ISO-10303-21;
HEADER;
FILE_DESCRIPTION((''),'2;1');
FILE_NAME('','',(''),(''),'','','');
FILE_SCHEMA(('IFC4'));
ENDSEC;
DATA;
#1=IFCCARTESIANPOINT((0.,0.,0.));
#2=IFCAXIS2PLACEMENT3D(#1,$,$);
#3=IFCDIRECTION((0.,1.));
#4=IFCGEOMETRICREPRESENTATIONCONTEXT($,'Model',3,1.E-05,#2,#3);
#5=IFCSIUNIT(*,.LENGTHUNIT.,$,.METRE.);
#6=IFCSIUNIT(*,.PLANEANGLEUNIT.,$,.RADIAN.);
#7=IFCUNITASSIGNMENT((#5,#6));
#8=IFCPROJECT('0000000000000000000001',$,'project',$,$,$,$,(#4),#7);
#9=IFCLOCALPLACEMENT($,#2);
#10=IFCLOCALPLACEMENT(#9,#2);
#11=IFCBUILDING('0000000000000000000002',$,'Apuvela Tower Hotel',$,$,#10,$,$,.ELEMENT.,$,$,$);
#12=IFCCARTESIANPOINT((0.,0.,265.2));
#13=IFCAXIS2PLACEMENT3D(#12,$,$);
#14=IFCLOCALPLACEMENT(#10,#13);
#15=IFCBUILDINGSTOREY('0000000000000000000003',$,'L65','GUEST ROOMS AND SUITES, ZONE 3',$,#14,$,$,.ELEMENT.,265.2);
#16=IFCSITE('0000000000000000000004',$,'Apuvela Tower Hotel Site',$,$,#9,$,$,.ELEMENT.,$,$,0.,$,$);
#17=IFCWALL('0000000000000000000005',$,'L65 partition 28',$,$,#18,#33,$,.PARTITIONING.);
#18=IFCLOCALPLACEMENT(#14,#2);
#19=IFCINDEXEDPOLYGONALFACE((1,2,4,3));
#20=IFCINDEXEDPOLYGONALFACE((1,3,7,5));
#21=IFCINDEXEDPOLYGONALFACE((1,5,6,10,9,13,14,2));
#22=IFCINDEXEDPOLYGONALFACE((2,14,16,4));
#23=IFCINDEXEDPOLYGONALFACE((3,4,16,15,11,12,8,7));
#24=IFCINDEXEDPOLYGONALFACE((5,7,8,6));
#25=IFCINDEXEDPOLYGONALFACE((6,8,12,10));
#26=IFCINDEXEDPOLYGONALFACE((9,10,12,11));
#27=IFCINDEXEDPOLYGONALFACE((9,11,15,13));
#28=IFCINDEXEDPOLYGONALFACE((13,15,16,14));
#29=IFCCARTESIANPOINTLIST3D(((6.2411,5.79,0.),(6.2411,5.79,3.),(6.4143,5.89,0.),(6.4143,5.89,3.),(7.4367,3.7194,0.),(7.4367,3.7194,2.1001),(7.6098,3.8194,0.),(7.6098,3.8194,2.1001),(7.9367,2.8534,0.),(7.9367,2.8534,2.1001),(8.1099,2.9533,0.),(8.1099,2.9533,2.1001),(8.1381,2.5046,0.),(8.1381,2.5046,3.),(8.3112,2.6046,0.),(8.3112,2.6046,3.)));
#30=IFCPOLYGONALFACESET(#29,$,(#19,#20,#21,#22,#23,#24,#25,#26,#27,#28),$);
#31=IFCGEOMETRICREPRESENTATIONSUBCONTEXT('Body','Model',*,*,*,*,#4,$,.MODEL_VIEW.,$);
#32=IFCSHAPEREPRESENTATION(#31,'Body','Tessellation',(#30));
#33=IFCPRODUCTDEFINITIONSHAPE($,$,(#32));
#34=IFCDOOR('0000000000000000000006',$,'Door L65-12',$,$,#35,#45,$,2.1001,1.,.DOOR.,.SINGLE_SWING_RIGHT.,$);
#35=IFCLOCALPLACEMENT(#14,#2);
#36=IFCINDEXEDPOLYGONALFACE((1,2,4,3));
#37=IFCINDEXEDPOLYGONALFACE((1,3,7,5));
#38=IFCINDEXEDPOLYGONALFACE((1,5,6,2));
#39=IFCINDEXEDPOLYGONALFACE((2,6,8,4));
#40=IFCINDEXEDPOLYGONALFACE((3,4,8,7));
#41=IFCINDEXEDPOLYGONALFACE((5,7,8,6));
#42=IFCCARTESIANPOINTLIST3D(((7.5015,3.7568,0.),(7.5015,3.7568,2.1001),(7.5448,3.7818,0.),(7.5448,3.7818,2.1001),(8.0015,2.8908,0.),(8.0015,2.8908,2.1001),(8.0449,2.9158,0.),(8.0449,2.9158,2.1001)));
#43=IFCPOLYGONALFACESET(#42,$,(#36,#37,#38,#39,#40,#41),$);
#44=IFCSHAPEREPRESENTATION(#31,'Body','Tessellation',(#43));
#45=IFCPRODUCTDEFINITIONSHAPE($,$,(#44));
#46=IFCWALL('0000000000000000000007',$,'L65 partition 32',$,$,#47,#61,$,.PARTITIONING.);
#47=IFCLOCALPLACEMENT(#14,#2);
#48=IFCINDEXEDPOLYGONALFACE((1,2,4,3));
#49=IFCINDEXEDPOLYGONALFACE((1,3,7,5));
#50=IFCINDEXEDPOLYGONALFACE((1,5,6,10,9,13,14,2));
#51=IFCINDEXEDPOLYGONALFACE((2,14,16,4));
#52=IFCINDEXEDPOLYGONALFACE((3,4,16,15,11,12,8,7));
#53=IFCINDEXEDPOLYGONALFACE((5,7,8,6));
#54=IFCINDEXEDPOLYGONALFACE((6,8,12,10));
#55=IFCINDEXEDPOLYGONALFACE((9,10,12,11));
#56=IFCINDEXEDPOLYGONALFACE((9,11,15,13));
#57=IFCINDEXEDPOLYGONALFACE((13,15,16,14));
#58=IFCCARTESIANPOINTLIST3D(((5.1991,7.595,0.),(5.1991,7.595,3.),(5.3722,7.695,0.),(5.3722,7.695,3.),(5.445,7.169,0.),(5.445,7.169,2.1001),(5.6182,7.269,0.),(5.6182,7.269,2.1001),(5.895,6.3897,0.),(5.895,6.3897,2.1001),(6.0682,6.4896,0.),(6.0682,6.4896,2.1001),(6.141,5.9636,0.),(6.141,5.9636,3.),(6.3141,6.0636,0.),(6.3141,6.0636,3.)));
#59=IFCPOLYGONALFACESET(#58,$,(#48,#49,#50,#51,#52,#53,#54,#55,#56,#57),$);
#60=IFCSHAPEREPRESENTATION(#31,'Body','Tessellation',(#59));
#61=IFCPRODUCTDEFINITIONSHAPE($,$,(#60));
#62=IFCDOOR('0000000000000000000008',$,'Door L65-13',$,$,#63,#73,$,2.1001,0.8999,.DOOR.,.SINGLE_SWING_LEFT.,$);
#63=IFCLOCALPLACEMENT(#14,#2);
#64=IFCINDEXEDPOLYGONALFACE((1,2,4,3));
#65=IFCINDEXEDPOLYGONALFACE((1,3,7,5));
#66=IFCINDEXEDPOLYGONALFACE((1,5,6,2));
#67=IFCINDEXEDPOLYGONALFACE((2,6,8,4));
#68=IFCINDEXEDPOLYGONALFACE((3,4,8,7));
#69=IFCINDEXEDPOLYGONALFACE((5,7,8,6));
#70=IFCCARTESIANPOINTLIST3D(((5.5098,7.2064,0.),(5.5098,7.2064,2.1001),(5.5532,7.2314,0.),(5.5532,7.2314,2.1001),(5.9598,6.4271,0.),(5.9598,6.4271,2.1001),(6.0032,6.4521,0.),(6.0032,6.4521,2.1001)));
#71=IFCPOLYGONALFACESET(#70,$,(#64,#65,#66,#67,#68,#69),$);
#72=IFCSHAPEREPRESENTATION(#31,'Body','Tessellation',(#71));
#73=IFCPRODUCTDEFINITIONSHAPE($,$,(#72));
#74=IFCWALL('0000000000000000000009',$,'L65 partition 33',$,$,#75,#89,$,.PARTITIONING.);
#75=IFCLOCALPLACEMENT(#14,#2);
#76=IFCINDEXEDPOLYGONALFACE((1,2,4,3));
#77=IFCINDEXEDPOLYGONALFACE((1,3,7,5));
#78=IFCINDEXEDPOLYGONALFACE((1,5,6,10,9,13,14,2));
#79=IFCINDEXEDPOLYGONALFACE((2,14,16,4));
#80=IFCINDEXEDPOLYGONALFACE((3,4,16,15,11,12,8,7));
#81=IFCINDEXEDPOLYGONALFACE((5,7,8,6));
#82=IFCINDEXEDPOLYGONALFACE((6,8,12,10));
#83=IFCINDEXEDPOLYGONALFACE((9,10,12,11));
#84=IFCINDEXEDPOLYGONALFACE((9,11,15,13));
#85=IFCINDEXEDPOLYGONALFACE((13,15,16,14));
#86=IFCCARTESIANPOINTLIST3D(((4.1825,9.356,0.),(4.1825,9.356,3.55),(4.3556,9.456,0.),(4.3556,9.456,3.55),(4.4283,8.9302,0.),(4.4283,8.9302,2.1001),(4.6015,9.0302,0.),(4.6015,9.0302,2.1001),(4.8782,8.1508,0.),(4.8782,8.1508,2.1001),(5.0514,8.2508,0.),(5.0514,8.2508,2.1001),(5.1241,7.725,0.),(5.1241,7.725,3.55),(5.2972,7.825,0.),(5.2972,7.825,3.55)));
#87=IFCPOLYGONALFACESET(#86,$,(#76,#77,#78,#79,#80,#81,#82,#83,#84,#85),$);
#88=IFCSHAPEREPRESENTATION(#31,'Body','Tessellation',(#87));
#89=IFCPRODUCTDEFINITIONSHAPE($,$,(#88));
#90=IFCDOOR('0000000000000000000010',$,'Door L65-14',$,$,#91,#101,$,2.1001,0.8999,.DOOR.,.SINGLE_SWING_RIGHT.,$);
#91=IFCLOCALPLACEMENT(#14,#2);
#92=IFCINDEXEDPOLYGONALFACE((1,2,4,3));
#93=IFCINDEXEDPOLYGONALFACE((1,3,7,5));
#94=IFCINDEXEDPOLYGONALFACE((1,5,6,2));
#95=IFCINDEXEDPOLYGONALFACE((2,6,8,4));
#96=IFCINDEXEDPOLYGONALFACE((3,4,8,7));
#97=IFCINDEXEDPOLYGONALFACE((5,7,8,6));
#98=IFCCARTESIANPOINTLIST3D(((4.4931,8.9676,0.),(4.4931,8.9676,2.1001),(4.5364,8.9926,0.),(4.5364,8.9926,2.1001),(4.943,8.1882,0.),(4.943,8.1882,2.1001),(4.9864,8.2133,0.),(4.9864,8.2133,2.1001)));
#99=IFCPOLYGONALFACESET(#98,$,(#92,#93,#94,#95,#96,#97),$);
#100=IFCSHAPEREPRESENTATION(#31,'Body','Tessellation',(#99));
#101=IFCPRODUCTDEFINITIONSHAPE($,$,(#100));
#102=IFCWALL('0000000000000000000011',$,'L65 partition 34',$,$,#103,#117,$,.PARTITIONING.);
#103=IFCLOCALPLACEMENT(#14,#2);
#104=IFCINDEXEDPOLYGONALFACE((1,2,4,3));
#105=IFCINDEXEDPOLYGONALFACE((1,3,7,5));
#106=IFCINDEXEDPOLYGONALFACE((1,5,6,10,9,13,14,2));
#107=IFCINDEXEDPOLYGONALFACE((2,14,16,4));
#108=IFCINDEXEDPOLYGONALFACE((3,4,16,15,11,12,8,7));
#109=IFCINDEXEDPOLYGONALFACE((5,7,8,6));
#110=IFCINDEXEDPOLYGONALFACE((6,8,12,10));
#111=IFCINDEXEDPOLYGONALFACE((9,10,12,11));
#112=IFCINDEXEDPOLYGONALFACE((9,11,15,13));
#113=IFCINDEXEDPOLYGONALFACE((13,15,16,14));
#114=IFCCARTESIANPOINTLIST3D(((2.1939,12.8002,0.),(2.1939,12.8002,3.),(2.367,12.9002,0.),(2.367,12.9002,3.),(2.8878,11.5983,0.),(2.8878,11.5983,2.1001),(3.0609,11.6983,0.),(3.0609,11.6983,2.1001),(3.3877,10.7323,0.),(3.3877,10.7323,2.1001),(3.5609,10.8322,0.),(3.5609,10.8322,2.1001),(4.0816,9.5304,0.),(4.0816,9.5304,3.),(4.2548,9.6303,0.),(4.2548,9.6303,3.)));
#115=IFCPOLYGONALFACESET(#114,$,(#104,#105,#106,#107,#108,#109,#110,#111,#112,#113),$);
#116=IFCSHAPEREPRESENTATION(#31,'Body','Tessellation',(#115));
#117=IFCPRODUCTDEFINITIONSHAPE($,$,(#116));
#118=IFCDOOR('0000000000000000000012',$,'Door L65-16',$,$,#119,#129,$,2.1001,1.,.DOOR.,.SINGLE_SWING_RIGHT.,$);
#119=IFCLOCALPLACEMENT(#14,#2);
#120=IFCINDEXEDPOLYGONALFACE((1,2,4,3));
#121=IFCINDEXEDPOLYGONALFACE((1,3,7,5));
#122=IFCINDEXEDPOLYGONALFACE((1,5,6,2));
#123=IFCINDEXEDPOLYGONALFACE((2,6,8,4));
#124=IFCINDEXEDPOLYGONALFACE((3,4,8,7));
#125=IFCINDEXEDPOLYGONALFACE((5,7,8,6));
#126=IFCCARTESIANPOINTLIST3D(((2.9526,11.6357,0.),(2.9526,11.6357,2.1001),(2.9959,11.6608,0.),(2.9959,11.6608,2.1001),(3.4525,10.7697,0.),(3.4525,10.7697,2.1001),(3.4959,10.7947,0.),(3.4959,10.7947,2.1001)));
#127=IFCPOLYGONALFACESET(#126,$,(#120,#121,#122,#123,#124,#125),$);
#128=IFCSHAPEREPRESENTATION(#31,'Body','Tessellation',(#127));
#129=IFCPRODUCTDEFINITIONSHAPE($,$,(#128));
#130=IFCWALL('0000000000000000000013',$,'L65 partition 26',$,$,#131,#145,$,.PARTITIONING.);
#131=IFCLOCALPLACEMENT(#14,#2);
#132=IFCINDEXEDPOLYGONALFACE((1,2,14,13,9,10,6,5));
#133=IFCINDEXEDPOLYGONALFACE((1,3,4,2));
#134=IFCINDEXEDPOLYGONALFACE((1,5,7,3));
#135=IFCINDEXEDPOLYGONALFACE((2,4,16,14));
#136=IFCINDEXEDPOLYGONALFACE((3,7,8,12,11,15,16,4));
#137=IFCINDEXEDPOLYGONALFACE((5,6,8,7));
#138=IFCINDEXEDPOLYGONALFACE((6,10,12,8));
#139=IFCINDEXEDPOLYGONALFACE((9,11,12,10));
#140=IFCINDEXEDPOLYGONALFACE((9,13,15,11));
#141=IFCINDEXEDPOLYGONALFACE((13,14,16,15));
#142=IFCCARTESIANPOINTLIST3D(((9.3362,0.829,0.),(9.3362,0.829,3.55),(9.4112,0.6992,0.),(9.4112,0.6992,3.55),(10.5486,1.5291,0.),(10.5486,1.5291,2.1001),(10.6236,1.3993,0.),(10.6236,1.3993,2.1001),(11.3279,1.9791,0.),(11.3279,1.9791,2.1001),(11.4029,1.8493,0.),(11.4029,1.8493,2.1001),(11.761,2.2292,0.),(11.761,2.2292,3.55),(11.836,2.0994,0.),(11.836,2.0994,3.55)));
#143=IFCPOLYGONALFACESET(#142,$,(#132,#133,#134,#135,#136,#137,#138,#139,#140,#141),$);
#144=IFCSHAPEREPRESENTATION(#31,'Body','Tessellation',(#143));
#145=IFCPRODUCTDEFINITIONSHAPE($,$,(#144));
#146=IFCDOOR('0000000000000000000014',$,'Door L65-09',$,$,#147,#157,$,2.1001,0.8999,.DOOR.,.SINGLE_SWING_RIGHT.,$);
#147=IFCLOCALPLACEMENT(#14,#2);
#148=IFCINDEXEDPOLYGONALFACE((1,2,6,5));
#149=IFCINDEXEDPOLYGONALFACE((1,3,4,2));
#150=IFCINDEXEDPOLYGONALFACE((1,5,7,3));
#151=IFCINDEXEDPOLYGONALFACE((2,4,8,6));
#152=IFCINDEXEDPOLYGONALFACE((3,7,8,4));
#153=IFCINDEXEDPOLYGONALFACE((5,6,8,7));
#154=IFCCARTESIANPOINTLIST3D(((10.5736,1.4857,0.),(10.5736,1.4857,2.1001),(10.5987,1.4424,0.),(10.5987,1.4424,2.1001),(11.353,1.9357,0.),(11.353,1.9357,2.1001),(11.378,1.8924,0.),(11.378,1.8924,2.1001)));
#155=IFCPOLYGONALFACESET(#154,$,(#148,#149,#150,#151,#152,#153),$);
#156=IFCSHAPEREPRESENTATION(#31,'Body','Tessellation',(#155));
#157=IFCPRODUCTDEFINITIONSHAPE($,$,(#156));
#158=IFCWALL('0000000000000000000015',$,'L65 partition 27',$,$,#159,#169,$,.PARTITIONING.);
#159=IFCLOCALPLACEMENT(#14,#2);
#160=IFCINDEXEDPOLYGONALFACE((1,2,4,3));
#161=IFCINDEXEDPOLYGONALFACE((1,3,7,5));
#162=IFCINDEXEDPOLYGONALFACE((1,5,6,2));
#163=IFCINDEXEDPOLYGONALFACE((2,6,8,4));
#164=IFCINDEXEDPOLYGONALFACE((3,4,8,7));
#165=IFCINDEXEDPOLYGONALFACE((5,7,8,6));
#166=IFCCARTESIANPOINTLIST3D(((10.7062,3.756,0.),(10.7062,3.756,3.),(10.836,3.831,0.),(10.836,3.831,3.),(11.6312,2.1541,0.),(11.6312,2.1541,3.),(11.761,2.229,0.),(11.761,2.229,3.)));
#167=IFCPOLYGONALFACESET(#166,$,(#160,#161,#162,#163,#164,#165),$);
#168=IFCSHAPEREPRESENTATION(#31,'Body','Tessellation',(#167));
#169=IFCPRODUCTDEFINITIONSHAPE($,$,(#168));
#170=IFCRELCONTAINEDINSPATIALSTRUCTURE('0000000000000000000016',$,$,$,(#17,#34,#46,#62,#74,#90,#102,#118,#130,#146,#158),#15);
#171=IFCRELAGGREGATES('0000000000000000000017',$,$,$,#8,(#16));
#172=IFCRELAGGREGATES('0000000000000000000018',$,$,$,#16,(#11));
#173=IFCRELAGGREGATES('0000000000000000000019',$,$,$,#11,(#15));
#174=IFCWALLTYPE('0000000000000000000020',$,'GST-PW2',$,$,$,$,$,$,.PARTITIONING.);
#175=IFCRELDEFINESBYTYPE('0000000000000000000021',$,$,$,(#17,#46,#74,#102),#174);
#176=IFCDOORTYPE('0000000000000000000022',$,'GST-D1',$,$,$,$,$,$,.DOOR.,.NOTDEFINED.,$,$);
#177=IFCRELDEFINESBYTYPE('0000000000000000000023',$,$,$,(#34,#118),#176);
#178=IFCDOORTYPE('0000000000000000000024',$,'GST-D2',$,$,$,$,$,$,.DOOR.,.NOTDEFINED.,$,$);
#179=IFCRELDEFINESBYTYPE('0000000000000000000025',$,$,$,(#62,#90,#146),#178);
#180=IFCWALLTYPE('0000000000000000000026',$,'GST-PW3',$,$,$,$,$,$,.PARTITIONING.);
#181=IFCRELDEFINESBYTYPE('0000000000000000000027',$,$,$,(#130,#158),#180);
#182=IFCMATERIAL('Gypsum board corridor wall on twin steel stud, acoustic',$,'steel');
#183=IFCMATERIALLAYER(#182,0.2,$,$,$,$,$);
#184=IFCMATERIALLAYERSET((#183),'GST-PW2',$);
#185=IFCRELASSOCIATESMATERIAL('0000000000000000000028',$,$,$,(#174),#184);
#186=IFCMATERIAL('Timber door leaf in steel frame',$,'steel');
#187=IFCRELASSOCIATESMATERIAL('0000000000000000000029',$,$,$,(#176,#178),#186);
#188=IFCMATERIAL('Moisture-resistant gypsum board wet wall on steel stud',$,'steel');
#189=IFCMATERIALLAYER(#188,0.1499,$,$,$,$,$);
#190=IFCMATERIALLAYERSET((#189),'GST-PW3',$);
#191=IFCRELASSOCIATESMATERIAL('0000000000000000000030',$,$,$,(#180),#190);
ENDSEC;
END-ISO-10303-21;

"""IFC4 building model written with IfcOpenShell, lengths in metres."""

from ifc_helpers import new_model, si_unit, direction, frame, frame_2d, origin, place, context, subcontext, project, spatial, rectangle, extrude, material, layer, layer_set, type_object, element, fill, save


model = new_model("IFC4")

# Units and contexts
model_context = context("Model", 3, precision=1e-05, world=origin(), true_north=direction((0.0, 1.0)))
body_context = subcontext(model_context, "Body", "Model", "MODEL_VIEW")
ifc_project = project(units=[si_unit("LENGTHUNIT", "METRE"), si_unit("PLANEANGLEUNIT", "RADIAN")], contexts=[model_context])

# Site, building, storey
site_placement = place(None, origin())
site = spatial("IfcSite", under=ifc_project, at=site_placement, Name="Apuvela Tower Hotel Site", CompositionType="ELEMENT", RefElevation=0.0)
building_placement = place(site_placement, origin())
building = spatial("IfcBuilding", under=site, at=building_placement, Name="Apuvela Tower Hotel", CompositionType="ELEMENT")
storey_placement = place(building_placement, frame((0.0, 0.0, 265.2)))
storey = spatial("IfcBuildingStorey", under=building, at=storey_placement, Name="L65", Description="GUEST ROOMS AND SUITES, ZONE 3", CompositionType="ELEMENT", Elevation=265.2)

# Walls, openings, doors
ifc_material_1 = material(Name="Gypsum board corridor wall on twin steel stud, acoustic", Category="steel")
ifc_layer_1 = layer(ifc_material_1, 0.2)
ifc_layer_set_1 = layer_set([ifc_layer_1], Name="GST-PW2")
wall_type_1 = type_object("IfcWallType", Name="GST-PW2", PredefinedType="PARTITIONING", material=ifc_layer_set_1)
ifc_material_2 = material(Name="Timber door leaf in steel frame", Category="steel")
door_type_1 = type_object("IfcDoorType", Name="GST-D1", OperationType="NOTDEFINED", PredefinedType="DOOR", material=ifc_material_2)
wall_1_placement = place(storey_placement, frame((6.3276, 5.8401, 0.0), z_axis=(0.0, 0.0, 1.0), x_axis=(0.500029, -0.866009, 0.0)))
wall_1 = element("IfcWall", 1, at=wall_1_placement, inside=storey, type_object=wall_type_1, Name="L65 partition 28", PredefinedType="PARTITIONING", context=body_context, shape_type="SweptSolid", body=[
    extrude(rectangle(XDim=3.7937, YDim=0.2, at=frame_2d((1.897, 0.0))), origin(), (0.0, 0.0, 1.0), 3.0),
])
opening_1_placement = place(wall_1_placement, frame((2.3911, 0.0, 0.0)))
opening_1 = element("IfcOpeningElement", 2, at=opening_1_placement, cuts=wall_1, PredefinedType="OPENING", context=body_context, shape_type="SweptSolid", body=[
    extrude(rectangle(XDim=1.0, YDim=2.1001, at=frame_2d((0.5, 1.05))), frame((0.0, 0.1099, 0.0), z_axis=(0.0, -1.0, 0.0), x_axis=(1.0, 0.0, 0.0)), (0.0, 0.0, 1.0), 0.22),
])
door_1_placement = place(opening_1_placement, origin())
door_1 = element("IfcDoor", 3, at=door_1_placement, inside=storey, type_object=door_type_1, Name="Door L65-12", OperationType="SINGLE_SWING_RIGHT", OverallHeight=2.1001, OverallWidth=1.0, PredefinedType="DOOR", context=body_context, shape_type="SweptSolid", body=[
    extrude(rectangle(XDim=1.0, YDim=2.1001, at=frame_2d((0.5, 1.05))), frame((0.0, 0.0249, 0.0), z_axis=(0.0, -1.0, 0.0), x_axis=(1.0, 0.0, 0.0)), (0.0, 0.0, 1.0), 0.05),
])
fill(opening_1, door_1)
wall_2_placement = place(storey_placement, frame((5.2856, 7.645, 0.0), z_axis=(0.0, 0.0, 1.0), x_axis=(0.500014, -0.866017, 0.0)))
wall_2 = element("IfcWall", 4, at=wall_2_placement, inside=storey, type_object=wall_type_1, Name="L65 partition 32", PredefinedType="PARTITIONING", context=body_context, shape_type="SweptSolid", body=[
    extrude(rectangle(XDim=1.8838, YDim=0.2, at=frame_2d((0.9419, 0.0))), origin(), (0.0, 0.0, 1.0), 3.0),
])
opening_2_placement = place(wall_2_placement, frame((0.4919, 0.0, 0.0)))
opening_2 = element("IfcOpeningElement", 5, at=opening_2_placement, cuts=wall_2, PredefinedType="OPENING", context=body_context, shape_type="SweptSolid", body=[
    extrude(rectangle(XDim=0.8999, YDim=2.1001, at=frame_2d((0.45, 1.05))), frame((0.0, 0.1099, 0.0), z_axis=(0.0, -1.0, 0.0), x_axis=(1.0, 0.0, 0.0)), (0.0, 0.0, 1.0), 0.22),
])
door_type_2 = type_object("IfcDoorType", Name="GST-D2", OperationType="NOTDEFINED", PredefinedType="DOOR", material=ifc_material_2)
door_2_placement = place(opening_2_placement, origin())
door_2 = element("IfcDoor", 6, at=door_2_placement, inside=storey, type_object=door_type_2, Name="Door L65-13", OperationType="SINGLE_SWING_LEFT", OverallHeight=2.1001, OverallWidth=0.8999, PredefinedType="DOOR", context=body_context, shape_type="SweptSolid", body=[
    extrude(rectangle(XDim=0.8999, YDim=2.1001, at=frame_2d((0.45, 1.05))), frame((0.0, 0.0249, 0.0), z_axis=(0.0, -1.0, 0.0), x_axis=(1.0, 0.0, 0.0)), (0.0, 0.0, 1.0), 0.05),
])
fill(opening_2, door_2)
wall_3_placement = place(storey_placement, frame((4.269, 9.406, 0.0), z_axis=(0.0, 0.0, 1.0), x_axis=(0.499973, -0.866041, 0.0)))
wall_3 = element("IfcWall", 7, at=wall_3_placement, inside=storey, type_object=wall_type_1, Name="L65 partition 33", PredefinedType="PARTITIONING", context=body_context, shape_type="SweptSolid", body=[
    extrude(rectangle(XDim=1.8833, YDim=0.2, at=frame_2d((0.9417, 0.0))), origin(), (0.0, 0.0, 1.0), 3.55),
])
opening_3_placement = place(wall_3_placement, frame((0.4917, 0.0, 0.0)))
opening_3 = element("IfcOpeningElement", 8, at=opening_3_placement, cuts=wall_3, PredefinedType="OPENING", context=body_context, shape_type="SweptSolid", body=[
    extrude(rectangle(XDim=0.8999, YDim=2.1001, at=frame_2d((0.45, 1.05))), frame((0.0, 0.1099, 0.0), z_axis=(0.0, -1.0, 0.0), x_axis=(1.0, 0.0, 0.0)), (0.0, 0.0, 1.0), 0.22),
])
door_3_placement = place(opening_3_placement, origin())
door_3 = element("IfcDoor", 9, at=door_3_placement, inside=storey, type_object=door_type_2, Name="Door L65-14", OperationType="SINGLE_SWING_RIGHT", OverallHeight=2.1001, OverallWidth=0.8999, PredefinedType="DOOR", context=body_context, shape_type="SweptSolid", body=[
    extrude(rectangle(XDim=0.8999, YDim=2.1001, at=frame_2d((0.45, 1.05))), frame((0.0, 0.0249, 0.0), z_axis=(0.0, -1.0, 0.0), x_axis=(1.0, 0.0, 0.0)), (0.0, 0.0, 1.0), 0.05),
])
fill(opening_3, door_3)
wall_4_placement = place(storey_placement, frame((2.2805, 12.8501, 0.0), z_axis=(0.0, 0.0, 1.0), x_axis=(0.499978, -0.866038, 0.0)))
wall_4 = element("IfcWall", 10, at=wall_4_placement, inside=storey, type_object=wall_type_1, Name="L65 partition 34", PredefinedType="PARTITIONING", context=body_context, shape_type="SweptSolid", body=[
    extrude(rectangle(XDim=3.7756, YDim=0.2, at=frame_2d((1.8877, 0.0))), origin(), (0.0, 0.0, 1.0), 3.0),
])
opening_4_placement = place(wall_4_placement, frame((1.3877, 0.0, 0.0)))
opening_4 = element("IfcOpeningElement", 11, at=opening_4_placement, cuts=wall_4, PredefinedType="OPENING", context=body_context, shape_type="SweptSolid", body=[
    extrude(rectangle(XDim=1.0, YDim=2.1001, at=frame_2d((0.5, 1.05))), frame((0.0, 0.1099, 0.0), z_axis=(0.0, -1.0, 0.0), x_axis=(1.0, 0.0, 0.0)), (0.0, 0.0, 1.0), 0.22),
])
door_4_placement = place(opening_4_placement, origin())
door_4 = element("IfcDoor", 12, at=door_4_placement, inside=storey, type_object=door_type_1, Name="Door L65-16", OperationType="SINGLE_SWING_RIGHT", OverallHeight=2.1001, OverallWidth=1.0, PredefinedType="DOOR", context=body_context, shape_type="SweptSolid", body=[
    extrude(rectangle(XDim=1.0, YDim=2.1001, at=frame_2d((0.5, 1.05))), frame((0.0, 0.0249, 0.0), z_axis=(0.0, -1.0, 0.0), x_axis=(1.0, 0.0, 0.0)), (0.0, 0.0, 1.0), 0.05),
])
fill(opening_4, door_4)
ifc_material_3 = material(Name="Moisture-resistant gypsum board wet wall on steel stud", Category="steel")
ifc_layer_2 = layer(ifc_material_3, 0.1499)
ifc_layer_set_2 = layer_set([ifc_layer_2], Name="GST-PW3")
wall_type_2 = type_object("IfcWallType", Name="GST-PW3", PredefinedType="PARTITIONING", material=ifc_layer_set_2)
wall_5_placement = place(storey_placement, frame((9.3738, 0.7642, 0.0), z_axis=(0.0, 0.0, 1.0), x_axis=(0.865997, 0.50005, 0.0)))
wall_5 = element("IfcWall", 13, at=wall_5_placement, inside=storey, type_object=wall_type_2, Name="L65 partition 26", PredefinedType="PARTITIONING", context=body_context, shape_type="SweptSolid", body=[
    extrude(rectangle(XDim=2.8, YDim=0.1499, at=frame_2d((1.3999, 0.0))), origin(), (0.0, 0.0, 1.0), 3.55),
])
opening_5_placement = place(wall_5_placement, frame((1.3999, 0.0, 0.0)))
opening_5 = element("IfcOpeningElement", 14, at=opening_5_placement, cuts=wall_5, PredefinedType="OPENING", context=body_context, shape_type="SweptSolid", body=[
    extrude(rectangle(XDim=0.8999, YDim=2.1001, at=frame_2d((0.45, 1.05))), frame((0.0, 0.085, 0.0), z_axis=(0.0, -1.0, 0.0), x_axis=(1.0, 0.0, 0.0)), (0.0, 0.0, 1.0), 0.1699),
])
door_5_placement = place(opening_5_placement, origin())
door_5 = element("IfcDoor", 15, at=door_5_placement, inside=storey, type_object=door_type_2, Name="Door L65-09", OperationType="SINGLE_SWING_RIGHT", OverallHeight=2.1001, OverallWidth=0.8999, PredefinedType="DOOR", context=body_context, shape_type="SweptSolid", body=[
    extrude(rectangle(XDim=0.8999, YDim=2.1001, at=frame_2d((0.45, 1.05))), frame((0.0, 0.0249, 0.0), z_axis=(0.0, -1.0, 0.0), x_axis=(1.0, 0.0, 0.0)), (0.0, 0.0, 1.0), 0.05),
])
fill(opening_5, door_5)

# Wall
wall_6_placement = place(storey_placement, frame((11.696, 2.1917, 0.0), z_axis=(0.0, 0.0, 1.0), x_axis=(-0.500042, 0.866001, 0.0)))
element("IfcWall", 16, at=wall_6_placement, inside=storey, type_object=wall_type_2, Name="L65 partition 27", PredefinedType="PARTITIONING", context=body_context, shape_type="SweptSolid", body=[
    extrude(rectangle(XDim=1.8499, YDim=0.1499, at=frame_2d((0.9248, 0.0))), origin(), (0.0, 0.0, 1.0), 3.0),
])

save(model, "model.ifc")
